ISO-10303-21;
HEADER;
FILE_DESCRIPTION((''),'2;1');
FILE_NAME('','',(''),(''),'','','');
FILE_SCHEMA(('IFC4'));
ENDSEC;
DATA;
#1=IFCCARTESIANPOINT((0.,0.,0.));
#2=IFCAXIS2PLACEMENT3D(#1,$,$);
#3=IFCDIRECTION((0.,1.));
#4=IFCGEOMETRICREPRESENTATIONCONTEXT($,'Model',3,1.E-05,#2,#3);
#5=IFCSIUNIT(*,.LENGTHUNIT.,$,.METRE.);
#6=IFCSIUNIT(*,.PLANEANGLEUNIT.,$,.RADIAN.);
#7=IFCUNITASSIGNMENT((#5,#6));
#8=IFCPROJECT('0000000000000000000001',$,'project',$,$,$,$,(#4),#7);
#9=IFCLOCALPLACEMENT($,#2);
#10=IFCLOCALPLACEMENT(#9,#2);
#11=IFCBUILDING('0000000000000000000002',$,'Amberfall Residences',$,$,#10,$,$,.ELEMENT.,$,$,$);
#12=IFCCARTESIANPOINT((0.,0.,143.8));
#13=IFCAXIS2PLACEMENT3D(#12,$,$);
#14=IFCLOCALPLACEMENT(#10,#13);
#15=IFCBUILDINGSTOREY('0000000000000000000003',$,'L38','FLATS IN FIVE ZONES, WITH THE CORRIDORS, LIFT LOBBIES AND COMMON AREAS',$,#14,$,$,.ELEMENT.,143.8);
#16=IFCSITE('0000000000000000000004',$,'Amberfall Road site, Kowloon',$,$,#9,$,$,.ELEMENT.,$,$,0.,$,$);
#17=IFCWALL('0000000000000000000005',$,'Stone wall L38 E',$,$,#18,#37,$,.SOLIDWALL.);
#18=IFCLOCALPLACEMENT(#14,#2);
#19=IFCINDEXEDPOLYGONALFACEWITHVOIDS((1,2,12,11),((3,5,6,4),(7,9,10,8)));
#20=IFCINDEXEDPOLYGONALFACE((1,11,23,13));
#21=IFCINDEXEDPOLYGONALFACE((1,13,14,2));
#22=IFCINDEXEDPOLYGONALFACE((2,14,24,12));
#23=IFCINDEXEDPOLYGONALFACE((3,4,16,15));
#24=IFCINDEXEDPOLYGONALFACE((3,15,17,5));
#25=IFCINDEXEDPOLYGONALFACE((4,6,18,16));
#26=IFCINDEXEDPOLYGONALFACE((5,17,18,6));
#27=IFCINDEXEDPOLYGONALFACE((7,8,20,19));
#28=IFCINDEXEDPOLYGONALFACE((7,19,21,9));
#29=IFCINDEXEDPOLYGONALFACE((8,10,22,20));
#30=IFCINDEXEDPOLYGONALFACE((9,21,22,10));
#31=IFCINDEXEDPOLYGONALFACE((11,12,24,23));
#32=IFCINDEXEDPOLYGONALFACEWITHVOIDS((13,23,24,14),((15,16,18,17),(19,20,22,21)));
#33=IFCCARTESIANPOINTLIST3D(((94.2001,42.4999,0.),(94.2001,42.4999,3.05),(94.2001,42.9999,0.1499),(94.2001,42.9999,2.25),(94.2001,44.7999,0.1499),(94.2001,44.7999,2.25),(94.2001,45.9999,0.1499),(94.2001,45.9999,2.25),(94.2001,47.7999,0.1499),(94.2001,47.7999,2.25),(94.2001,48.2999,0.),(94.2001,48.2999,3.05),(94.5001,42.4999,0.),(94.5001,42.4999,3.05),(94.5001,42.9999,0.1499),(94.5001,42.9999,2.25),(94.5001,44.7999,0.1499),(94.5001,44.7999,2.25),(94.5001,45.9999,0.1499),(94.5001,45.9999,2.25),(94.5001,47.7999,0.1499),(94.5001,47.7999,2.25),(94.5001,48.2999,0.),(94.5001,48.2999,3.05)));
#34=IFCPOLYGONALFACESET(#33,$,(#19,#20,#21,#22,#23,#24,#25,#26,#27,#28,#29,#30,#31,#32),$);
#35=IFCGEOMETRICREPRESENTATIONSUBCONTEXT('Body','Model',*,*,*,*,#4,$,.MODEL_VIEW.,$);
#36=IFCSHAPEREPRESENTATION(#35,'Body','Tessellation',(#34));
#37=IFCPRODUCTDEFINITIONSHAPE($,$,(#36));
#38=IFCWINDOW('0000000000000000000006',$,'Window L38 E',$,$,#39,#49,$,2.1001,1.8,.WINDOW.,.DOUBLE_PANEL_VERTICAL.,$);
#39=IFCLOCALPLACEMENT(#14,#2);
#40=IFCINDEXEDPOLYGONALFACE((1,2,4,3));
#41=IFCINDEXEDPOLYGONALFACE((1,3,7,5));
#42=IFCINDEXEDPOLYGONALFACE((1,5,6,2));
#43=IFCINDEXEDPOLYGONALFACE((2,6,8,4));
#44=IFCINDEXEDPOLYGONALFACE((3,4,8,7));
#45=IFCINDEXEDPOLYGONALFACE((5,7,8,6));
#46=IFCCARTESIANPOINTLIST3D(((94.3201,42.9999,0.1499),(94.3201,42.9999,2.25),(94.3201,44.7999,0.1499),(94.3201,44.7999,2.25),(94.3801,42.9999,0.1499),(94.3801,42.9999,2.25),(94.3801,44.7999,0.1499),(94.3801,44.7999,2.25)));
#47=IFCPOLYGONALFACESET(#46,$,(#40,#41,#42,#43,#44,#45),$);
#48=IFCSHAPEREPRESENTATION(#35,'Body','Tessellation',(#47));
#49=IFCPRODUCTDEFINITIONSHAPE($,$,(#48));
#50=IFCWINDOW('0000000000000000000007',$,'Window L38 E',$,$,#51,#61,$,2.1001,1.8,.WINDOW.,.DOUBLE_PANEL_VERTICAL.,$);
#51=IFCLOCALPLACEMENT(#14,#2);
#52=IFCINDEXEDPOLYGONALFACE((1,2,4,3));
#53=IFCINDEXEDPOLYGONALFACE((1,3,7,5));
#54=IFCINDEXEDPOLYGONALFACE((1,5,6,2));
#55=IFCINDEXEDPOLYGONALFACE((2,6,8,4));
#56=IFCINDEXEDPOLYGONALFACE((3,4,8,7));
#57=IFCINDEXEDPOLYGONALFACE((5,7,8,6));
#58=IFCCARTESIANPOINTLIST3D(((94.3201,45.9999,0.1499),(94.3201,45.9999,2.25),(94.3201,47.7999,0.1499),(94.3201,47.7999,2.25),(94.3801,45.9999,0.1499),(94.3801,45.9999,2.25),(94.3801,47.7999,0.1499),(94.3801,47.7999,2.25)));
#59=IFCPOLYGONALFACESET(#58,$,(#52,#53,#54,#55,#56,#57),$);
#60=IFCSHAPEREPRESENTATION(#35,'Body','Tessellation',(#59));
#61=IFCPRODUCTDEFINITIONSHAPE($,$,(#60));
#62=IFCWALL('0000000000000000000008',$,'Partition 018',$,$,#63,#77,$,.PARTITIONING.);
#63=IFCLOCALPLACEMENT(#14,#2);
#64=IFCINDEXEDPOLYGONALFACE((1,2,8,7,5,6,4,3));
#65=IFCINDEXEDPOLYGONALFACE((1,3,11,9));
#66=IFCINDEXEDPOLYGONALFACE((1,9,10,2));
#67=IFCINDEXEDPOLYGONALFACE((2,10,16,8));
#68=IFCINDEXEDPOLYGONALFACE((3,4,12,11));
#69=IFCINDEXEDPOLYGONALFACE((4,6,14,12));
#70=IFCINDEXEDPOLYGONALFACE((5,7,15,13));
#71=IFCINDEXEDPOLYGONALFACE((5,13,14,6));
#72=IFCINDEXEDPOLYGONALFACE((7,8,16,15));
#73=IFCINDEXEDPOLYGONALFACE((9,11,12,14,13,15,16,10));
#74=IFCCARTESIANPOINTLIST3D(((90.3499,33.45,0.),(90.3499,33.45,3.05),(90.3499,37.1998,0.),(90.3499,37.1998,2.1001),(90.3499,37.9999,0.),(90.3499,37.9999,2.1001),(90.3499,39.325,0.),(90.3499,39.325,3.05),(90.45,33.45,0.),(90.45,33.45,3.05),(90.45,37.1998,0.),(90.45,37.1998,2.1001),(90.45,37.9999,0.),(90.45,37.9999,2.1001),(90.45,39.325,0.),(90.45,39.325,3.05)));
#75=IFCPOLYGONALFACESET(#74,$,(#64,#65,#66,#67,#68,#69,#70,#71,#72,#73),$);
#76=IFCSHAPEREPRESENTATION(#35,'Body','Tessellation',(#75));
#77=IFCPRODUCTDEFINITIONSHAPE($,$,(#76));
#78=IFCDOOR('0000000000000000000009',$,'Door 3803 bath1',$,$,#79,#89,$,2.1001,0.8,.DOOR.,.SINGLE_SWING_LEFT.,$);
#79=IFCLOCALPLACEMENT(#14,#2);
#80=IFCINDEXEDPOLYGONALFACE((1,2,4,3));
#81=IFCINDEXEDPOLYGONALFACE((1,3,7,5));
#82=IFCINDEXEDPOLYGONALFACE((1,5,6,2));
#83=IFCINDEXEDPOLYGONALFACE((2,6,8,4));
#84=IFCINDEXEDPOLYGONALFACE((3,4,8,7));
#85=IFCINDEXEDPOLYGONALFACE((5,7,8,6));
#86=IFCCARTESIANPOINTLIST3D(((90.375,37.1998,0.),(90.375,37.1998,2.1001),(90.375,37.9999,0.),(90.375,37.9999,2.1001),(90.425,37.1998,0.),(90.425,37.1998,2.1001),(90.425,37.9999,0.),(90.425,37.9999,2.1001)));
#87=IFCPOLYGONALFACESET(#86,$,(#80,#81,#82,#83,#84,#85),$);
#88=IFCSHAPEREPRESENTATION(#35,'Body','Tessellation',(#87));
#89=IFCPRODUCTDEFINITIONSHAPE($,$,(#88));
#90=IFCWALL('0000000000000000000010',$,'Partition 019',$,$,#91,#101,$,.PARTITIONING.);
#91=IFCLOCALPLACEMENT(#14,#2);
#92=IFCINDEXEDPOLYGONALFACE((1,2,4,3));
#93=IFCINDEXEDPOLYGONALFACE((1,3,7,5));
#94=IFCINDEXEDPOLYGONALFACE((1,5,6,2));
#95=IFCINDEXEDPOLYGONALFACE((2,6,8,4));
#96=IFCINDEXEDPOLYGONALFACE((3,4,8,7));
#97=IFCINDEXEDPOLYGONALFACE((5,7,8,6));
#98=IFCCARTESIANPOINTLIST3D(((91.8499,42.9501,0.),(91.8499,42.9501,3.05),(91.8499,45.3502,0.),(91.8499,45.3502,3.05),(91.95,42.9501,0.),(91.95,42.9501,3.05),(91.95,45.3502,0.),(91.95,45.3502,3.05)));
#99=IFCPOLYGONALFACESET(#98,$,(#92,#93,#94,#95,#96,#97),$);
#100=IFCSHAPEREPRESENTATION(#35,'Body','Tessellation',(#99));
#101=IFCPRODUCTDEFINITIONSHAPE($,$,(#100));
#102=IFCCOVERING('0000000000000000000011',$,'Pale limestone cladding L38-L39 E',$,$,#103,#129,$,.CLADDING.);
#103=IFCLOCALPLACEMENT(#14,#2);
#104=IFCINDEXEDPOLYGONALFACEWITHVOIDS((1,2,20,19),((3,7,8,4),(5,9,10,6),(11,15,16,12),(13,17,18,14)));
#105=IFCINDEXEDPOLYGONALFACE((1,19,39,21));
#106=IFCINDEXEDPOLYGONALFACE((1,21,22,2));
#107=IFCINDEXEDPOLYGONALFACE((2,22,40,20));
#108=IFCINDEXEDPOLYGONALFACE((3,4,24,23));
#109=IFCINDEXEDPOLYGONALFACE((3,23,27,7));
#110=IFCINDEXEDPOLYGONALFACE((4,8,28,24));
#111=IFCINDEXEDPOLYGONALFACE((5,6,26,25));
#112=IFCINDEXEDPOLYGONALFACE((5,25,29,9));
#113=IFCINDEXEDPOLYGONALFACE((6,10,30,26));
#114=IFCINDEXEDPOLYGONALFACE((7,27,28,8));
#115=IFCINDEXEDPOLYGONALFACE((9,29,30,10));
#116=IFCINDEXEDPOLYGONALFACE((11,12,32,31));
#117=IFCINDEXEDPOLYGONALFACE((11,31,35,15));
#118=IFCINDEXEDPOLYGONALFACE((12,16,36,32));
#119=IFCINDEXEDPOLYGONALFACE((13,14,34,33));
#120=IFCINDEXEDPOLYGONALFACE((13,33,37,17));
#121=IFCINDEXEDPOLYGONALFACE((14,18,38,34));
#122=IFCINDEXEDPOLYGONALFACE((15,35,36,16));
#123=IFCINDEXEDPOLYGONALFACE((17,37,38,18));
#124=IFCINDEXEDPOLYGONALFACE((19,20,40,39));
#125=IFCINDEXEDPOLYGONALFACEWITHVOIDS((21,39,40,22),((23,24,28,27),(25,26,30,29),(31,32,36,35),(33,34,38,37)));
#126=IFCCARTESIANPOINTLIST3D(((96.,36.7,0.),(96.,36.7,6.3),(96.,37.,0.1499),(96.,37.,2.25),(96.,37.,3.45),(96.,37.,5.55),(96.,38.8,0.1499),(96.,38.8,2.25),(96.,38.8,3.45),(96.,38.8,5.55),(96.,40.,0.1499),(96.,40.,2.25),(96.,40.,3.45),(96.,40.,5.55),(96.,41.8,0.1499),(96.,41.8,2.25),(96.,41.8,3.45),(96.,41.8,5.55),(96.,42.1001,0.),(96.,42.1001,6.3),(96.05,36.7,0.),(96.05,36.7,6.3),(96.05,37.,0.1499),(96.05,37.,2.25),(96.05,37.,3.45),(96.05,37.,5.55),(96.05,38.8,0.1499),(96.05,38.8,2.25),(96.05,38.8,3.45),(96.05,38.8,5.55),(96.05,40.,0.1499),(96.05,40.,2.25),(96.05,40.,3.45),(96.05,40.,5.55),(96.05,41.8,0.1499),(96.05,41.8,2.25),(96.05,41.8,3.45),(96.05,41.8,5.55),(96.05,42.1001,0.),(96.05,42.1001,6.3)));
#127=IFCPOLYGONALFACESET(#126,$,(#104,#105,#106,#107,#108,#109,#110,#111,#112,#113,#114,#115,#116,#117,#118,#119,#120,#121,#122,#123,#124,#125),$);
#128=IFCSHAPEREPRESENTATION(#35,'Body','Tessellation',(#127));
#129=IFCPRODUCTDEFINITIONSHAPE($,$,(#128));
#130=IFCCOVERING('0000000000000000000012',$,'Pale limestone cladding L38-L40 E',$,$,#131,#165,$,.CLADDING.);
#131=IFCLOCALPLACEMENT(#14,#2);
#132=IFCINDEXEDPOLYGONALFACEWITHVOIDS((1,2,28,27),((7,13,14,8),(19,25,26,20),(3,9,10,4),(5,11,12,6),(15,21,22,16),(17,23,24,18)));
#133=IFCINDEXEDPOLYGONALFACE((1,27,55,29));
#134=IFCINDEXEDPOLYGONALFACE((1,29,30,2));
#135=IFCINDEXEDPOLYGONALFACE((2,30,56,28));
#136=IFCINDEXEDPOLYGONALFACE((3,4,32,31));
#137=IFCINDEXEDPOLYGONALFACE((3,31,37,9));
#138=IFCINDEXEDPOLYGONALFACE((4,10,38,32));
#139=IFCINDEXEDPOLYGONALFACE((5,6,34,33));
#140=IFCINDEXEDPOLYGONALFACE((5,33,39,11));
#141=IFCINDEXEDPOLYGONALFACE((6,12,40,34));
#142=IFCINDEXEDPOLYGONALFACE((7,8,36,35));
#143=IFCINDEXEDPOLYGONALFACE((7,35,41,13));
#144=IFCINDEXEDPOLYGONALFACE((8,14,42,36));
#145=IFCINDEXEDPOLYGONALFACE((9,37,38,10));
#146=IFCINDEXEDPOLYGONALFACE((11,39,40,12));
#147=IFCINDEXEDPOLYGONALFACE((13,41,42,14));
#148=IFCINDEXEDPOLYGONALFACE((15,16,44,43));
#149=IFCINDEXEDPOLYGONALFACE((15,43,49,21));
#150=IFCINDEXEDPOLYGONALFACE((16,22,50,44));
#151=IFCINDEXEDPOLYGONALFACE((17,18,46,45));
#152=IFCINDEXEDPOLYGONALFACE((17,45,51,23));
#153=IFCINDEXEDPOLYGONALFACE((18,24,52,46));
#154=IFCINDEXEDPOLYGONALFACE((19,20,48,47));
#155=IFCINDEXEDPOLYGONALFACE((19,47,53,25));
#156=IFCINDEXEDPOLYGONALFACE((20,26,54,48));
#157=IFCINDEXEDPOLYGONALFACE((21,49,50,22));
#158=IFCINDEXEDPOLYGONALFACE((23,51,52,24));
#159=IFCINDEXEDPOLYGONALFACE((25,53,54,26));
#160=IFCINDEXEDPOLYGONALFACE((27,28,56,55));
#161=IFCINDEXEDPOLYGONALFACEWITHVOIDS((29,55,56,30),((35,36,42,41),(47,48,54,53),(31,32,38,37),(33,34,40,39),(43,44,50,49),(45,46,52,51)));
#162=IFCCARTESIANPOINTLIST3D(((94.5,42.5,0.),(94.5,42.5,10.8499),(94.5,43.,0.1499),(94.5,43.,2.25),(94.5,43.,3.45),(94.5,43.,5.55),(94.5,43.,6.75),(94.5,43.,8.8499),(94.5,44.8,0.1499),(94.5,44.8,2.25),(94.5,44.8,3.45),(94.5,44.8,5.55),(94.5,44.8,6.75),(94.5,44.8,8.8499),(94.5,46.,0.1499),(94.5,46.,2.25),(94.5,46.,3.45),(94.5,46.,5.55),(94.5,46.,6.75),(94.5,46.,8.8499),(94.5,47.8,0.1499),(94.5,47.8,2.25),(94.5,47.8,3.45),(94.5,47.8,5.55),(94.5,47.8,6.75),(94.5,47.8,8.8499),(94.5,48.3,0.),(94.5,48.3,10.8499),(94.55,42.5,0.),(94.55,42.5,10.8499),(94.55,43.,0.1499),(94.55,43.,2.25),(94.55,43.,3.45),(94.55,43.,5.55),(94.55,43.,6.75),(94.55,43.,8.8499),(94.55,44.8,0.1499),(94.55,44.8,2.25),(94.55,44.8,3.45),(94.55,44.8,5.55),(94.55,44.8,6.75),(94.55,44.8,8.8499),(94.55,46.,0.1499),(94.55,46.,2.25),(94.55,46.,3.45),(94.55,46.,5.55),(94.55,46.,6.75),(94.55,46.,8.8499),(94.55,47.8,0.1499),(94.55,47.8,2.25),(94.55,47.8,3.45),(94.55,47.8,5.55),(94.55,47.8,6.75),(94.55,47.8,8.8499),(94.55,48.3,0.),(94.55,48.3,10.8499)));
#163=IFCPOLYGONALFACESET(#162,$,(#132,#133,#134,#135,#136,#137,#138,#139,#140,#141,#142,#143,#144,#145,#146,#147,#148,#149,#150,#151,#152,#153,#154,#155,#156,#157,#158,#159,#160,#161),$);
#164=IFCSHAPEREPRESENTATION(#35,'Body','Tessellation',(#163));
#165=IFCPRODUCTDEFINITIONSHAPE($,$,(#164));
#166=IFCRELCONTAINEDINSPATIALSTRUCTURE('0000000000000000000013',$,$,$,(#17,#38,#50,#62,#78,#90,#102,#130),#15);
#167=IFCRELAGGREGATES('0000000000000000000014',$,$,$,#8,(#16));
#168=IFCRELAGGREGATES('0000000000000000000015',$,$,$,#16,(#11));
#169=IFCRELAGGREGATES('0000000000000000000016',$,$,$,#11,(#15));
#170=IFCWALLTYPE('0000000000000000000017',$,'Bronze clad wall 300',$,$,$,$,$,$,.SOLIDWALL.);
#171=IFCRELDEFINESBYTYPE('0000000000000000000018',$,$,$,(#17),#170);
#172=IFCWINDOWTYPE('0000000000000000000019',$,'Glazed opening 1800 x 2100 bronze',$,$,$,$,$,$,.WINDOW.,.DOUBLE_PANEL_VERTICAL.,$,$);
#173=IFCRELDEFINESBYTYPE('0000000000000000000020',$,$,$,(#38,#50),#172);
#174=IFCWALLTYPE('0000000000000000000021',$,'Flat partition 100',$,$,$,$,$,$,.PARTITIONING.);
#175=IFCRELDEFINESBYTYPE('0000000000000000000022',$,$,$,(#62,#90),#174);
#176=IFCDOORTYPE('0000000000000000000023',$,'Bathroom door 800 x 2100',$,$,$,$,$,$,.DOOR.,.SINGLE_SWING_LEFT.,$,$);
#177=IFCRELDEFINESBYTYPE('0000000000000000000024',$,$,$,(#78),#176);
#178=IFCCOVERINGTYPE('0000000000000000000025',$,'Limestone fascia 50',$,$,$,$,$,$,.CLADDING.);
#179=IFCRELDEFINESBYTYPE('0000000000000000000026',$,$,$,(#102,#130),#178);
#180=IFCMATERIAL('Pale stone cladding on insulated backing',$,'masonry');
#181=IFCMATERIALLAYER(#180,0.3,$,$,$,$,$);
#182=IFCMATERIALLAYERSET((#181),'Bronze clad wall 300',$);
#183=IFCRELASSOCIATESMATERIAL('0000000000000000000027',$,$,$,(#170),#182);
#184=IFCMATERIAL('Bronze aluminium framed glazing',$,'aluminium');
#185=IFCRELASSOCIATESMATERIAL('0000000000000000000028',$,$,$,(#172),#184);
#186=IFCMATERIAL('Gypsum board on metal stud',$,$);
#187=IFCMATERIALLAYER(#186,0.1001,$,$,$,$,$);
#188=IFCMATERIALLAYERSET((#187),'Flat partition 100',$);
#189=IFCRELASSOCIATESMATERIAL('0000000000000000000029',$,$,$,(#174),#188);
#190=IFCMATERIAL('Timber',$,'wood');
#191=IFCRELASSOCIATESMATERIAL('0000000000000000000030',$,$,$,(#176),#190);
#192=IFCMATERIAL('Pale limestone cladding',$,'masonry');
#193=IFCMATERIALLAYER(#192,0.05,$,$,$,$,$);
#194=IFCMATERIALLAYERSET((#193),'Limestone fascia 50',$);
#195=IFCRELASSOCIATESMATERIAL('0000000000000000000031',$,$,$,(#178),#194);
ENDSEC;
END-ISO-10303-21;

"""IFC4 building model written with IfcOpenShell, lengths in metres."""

from ifc_helpers import new_model, si_unit, direction, frame, frame_2d, origin, place, context, subcontext, project, spatial, polyline, rectangle, outline, extrude, material, layer, layer_set, type_object, element, fill, save


model = new_model("IFC4")

# Units and contexts
model_context = context("Model", 3, precision=1e-05, world=origin(), true_north=direction((0.0, 1.0)))
body_context = subcontext(model_context, "Body", "Model", "MODEL_VIEW")
ifc_project = project(units=[si_unit("LENGTHUNIT", "METRE"), si_unit("PLANEANGLEUNIT", "RADIAN")], contexts=[model_context])

# Site, building, storey
site_placement = place(None, origin())
site = spatial("IfcSite", under=ifc_project, at=site_placement, Name="Amberfall Road site, Kowloon", CompositionType="ELEMENT", RefElevation=0.0)
building_placement = place(site_placement, origin())
building = spatial("IfcBuilding", under=site, at=building_placement, Name="Amberfall Residences", CompositionType="ELEMENT")
storey_placement = place(building_placement, frame((0.0, 0.0, 143.8)))
storey = spatial("IfcBuildingStorey", under=building, at=storey_placement, Name="L38", Description="FLATS IN FIVE ZONES, WITH THE CORRIDORS, LIFT LOBBIES AND COMMON AREAS", CompositionType="ELEMENT", Elevation=143.8)

# Shared definitions
ifc_material_1 = material(Name="Pale stone cladding on insulated backing", Category="masonry")
ifc_layer_1 = layer(ifc_material_1, 0.3)
ifc_layer_set_1 = layer_set([ifc_layer_1], Name="Bronze clad wall 300")
wall_type_1 = type_object("IfcWallType", Name="Bronze clad wall 300", PredefinedType="SOLIDWALL", material=ifc_layer_set_1)
ifc_material_2 = material(Name="Bronze aluminium framed glazing", Category="aluminium")

# Wall, openings, windows
window_type_1 = type_object("IfcWindowType", Name="Glazed opening 1800 x 2100 bronze", PartitioningType="DOUBLE_PANEL_VERTICAL", PredefinedType="WINDOW", material=ifc_material_2)
wall_1_placement = place(storey_placement, frame((94.3501, 42.5, 0.0), z_axis=(0.0, 0.0, 1.0), x_axis=(0.0, 1.0, 0.0)))
wall_1 = element("IfcWall", 1, at=wall_1_placement, inside=storey, type_object=wall_type_1, Name="Stone wall L38 E", PredefinedType="SOLIDWALL", context=body_context, shape_type="SweptSolid", body=[
    extrude(rectangle(XDim=5.8, YDim=0.3, at=frame_2d((2.8999, 0.0))), origin(), (0.0, 0.0, 1.0), 3.05),
])
opening_1_placement = place(wall_1_placement, frame((0.5, 0.0, 0.1499)))
opening_1 = element("IfcOpeningElement", 2, at=opening_1_placement, cuts=wall_1, PredefinedType="OPENING", context=body_context, shape_type="SweptSolid", body=[
    extrude(rectangle(XDim=1.8, YDim=2.1001, at=frame_2d((0.8999, 1.05))), frame((0.0, 0.1599, 0.0), z_axis=(0.0, -1.0, 0.0), x_axis=(1.0, 0.0, 0.0)), (0.0, 0.0, 1.0), 0.3201),
])
opening_2_placement = place(wall_1_placement, frame((3.5, 0.0, 0.1499)))
opening_2 = element("IfcOpeningElement", 3, at=opening_2_placement, cuts=wall_1, PredefinedType="OPENING", context=body_context, shape_type="SweptSolid", body=[
    extrude(rectangle(XDim=1.8, YDim=2.1001, at=frame_2d((0.8999, 1.05))), frame((0.0, 0.1599, 0.0), z_axis=(0.0, -1.0, 0.0), x_axis=(1.0, 0.0, 0.0)), (0.0, 0.0, 1.0), 0.3201),
])
window_1_placement = place(opening_1_placement, origin())
window_1 = element("IfcWindow", 4, at=window_1_placement, inside=storey, type_object=window_type_1, Name="Window L38 E", OverallHeight=2.1001, OverallWidth=1.8, PartitioningType="DOUBLE_PANEL_VERTICAL", PredefinedType="WINDOW", context=body_context, shape_type="SweptSolid", body=[
    extrude(rectangle(XDim=1.8, YDim=2.1001, at=frame_2d((0.8999, 1.05))), frame((0.0, 0.03, 0.0), z_axis=(0.0, -1.0, 0.0), x_axis=(1.0, 0.0, 0.0)), (0.0, 0.0, 1.0), 0.0601),
])
fill(opening_1, window_1)
window_2_placement = place(opening_2_placement, origin())
window_2 = element("IfcWindow", 5, at=window_2_placement, inside=storey, type_object=window_type_1, Name="Window L38 E", OverallHeight=2.1001, OverallWidth=1.8, PartitioningType="DOUBLE_PANEL_VERTICAL", PredefinedType="WINDOW", context=body_context, shape_type="SweptSolid", body=[
    extrude(rectangle(XDim=1.8, YDim=2.1001, at=frame_2d((0.8999, 1.05))), frame((0.0, 0.03, 0.0), z_axis=(0.0, -1.0, 0.0), x_axis=(1.0, 0.0, 0.0)), (0.0, 0.0, 1.0), 0.0601),
])
fill(opening_2, window_2)

# Wall, opening, door
ifc_material_3 = material(Name="Gypsum board on metal stud")
ifc_layer_2 = layer(ifc_material_3, 0.1001)
ifc_layer_set_2 = layer_set([ifc_layer_2], Name="Flat partition 100")
wall_type_2 = type_object("IfcWallType", Name="Flat partition 100", PredefinedType="PARTITIONING", material=ifc_layer_set_2)
wall_2_placement = place(storey_placement, frame((90.3999, 33.45, 0.0), z_axis=(0.0, 0.0, 1.0), x_axis=(0.0, 1.0, 0.0)))
wall_2 = element("IfcWall", 6, at=wall_2_placement, inside=storey, type_object=wall_type_2, Name="Partition 018", PredefinedType="PARTITIONING", context=body_context, shape_type="SweptSolid", body=[
    extrude(rectangle(XDim=5.875, YDim=0.1001, at=frame_2d((2.9375, 0.0))), origin(), (0.0, 0.0, 1.0), 3.05),
])
opening_3_placement = place(wall_2_placement, frame((3.75, 0.0, 0.0)))
opening_3 = element("IfcOpeningElement", 7, at=opening_3_placement, cuts=wall_2, PredefinedType="OPENING", context=body_context, shape_type="SweptSolid", body=[
    extrude(rectangle(XDim=0.8, YDim=2.1001, at=frame_2d((0.3999, 1.05))), frame((0.0, 0.0601, 0.0), z_axis=(0.0, -1.0, 0.0), x_axis=(1.0, 0.0, 0.0)), (0.0, 0.0, 1.0), 0.1201),
])
ifc_material_4 = material(Name="Timber", Category="wood")
door_type = type_object("IfcDoorType", Name="Bathroom door 800 x 2100", OperationType="SINGLE_SWING_LEFT", PredefinedType="DOOR", material=ifc_material_4)
door_placement = place(opening_3_placement, origin())
door = element("IfcDoor", 8, at=door_placement, inside=storey, type_object=door_type, Name="Door 3803 bath1", OperationType="SINGLE_SWING_LEFT", OverallHeight=2.1001, OverallWidth=0.8, PredefinedType="DOOR", context=body_context, shape_type="SweptSolid", body=[
    extrude(rectangle(XDim=0.8, YDim=2.1001, at=frame_2d((0.3999, 1.05))), frame((0.0, 0.0249, 0.0), z_axis=(0.0, -1.0, 0.0), x_axis=(1.0, 0.0, 0.0)), (0.0, 0.0, 1.0), 0.05),
])
fill(opening_3, door)

# Wall
wall_3_placement = place(storey_placement, frame((91.8999, 42.95, 0.0), z_axis=(0.0, 0.0, 1.0), x_axis=(0.0, 1.0, 0.0)))
element("IfcWall", 9, at=wall_3_placement, inside=storey, type_object=wall_type_2, Name="Partition 019", PredefinedType="PARTITIONING", context=body_context, shape_type="SweptSolid", body=[
    extrude(rectangle(XDim=2.4001, YDim=0.1001, at=frame_2d((1.2002, 0.0))), origin(), (0.0, 0.0, 1.0), 3.05),
])

# Coverings
ifc_material_5 = material(Name="Pale limestone cladding", Category="masonry")
ifc_layer_3 = layer(ifc_material_5, 0.05)
ifc_layer_set_3 = layer_set([ifc_layer_3], Name="Limestone fascia 50")
covering_type = type_object("IfcCoveringType", Name="Limestone fascia 50", PredefinedType="CLADDING", material=ifc_layer_set_3)
covering_1_placement = place(storey_placement, frame((96.0, 36.7, 6.3), z_axis=(-1.0, 0.0, 0.0), x_axis=(0.0, 1.0, 0.0)))
element("IfcCovering", 10, at=covering_1_placement, inside=storey, type_object=covering_type, Name="Pale limestone cladding L38-L39 E", PredefinedType="CLADDING", context=body_context, shape_type="SweptSolid", body=[
    extrude(outline(polyline([(0.0, 0.0), (5.4001, 0.0), (5.4001, 6.3), (0.0, 6.3), (0.0, 0.0)]), holes=[polyline([(0.3, 4.05), (2.1001, 4.05), (2.1001, 6.1501), (0.3, 6.1501), (0.3, 4.05)]), polyline([(3.3, 4.05), (5.1001, 4.05), (5.1001, 6.1501), (3.3, 6.1501), (3.3, 4.05)]), polyline([(0.3, 0.75), (2.1001, 0.75), (2.1001, 2.8501), (0.3, 2.8501), (0.3, 0.75)]), polyline([(3.3, 0.75), (5.1001, 0.75), (5.1001, 2.8501), (3.3, 2.8501), (3.3, 0.75)])]), origin(), (0.0, 0.0, -1.0), 0.05),
])
covering_2_placement = place(storey_placement, frame((94.5, 42.5, 10.8499), z_axis=(-1.0, 0.0, 0.0), x_axis=(0.0, 1.0, 0.0)))
element("IfcCovering", 11, at=covering_2_placement, inside=storey, type_object=covering_type, Name="Pale limestone cladding L38-L40 E", PredefinedType="CLADDING", context=body_context, shape_type="SweptSolid", body=[
    extrude(outline(polyline([(0.0, 0.0), (5.8, 0.0), (5.8, 10.8499), (0.0, 10.8499), (0.0, 0.0)]), holes=[polyline([(0.5, 8.5999), (2.3, 8.5999), (2.3, 10.7), (0.5, 10.7), (0.5, 8.5999)]), polyline([(3.5, 8.5999), (5.3, 8.5999), (5.3, 10.7), (3.5, 10.7), (3.5, 8.5999)]), polyline([(0.5, 5.2998), (2.3, 5.2998), (2.3, 7.3999), (0.5, 7.3999), (0.5, 5.2998)]), polyline([(3.5, 5.2998), (5.3, 5.2998), (5.3, 7.3999), (3.5, 7.3999), (3.5, 5.2998)]), polyline([(0.5, 2.0), (2.3, 2.0), (2.3, 4.0999), (0.5, 4.0999), (0.5, 2.0)]), polyline([(3.5, 2.0), (5.3, 2.0), (5.3, 4.0999), (3.5, 4.0999), (3.5, 2.0)])]), origin(), (0.0, 0.0, -1.0), 0.05),
])

save(model, "model.ifc")
